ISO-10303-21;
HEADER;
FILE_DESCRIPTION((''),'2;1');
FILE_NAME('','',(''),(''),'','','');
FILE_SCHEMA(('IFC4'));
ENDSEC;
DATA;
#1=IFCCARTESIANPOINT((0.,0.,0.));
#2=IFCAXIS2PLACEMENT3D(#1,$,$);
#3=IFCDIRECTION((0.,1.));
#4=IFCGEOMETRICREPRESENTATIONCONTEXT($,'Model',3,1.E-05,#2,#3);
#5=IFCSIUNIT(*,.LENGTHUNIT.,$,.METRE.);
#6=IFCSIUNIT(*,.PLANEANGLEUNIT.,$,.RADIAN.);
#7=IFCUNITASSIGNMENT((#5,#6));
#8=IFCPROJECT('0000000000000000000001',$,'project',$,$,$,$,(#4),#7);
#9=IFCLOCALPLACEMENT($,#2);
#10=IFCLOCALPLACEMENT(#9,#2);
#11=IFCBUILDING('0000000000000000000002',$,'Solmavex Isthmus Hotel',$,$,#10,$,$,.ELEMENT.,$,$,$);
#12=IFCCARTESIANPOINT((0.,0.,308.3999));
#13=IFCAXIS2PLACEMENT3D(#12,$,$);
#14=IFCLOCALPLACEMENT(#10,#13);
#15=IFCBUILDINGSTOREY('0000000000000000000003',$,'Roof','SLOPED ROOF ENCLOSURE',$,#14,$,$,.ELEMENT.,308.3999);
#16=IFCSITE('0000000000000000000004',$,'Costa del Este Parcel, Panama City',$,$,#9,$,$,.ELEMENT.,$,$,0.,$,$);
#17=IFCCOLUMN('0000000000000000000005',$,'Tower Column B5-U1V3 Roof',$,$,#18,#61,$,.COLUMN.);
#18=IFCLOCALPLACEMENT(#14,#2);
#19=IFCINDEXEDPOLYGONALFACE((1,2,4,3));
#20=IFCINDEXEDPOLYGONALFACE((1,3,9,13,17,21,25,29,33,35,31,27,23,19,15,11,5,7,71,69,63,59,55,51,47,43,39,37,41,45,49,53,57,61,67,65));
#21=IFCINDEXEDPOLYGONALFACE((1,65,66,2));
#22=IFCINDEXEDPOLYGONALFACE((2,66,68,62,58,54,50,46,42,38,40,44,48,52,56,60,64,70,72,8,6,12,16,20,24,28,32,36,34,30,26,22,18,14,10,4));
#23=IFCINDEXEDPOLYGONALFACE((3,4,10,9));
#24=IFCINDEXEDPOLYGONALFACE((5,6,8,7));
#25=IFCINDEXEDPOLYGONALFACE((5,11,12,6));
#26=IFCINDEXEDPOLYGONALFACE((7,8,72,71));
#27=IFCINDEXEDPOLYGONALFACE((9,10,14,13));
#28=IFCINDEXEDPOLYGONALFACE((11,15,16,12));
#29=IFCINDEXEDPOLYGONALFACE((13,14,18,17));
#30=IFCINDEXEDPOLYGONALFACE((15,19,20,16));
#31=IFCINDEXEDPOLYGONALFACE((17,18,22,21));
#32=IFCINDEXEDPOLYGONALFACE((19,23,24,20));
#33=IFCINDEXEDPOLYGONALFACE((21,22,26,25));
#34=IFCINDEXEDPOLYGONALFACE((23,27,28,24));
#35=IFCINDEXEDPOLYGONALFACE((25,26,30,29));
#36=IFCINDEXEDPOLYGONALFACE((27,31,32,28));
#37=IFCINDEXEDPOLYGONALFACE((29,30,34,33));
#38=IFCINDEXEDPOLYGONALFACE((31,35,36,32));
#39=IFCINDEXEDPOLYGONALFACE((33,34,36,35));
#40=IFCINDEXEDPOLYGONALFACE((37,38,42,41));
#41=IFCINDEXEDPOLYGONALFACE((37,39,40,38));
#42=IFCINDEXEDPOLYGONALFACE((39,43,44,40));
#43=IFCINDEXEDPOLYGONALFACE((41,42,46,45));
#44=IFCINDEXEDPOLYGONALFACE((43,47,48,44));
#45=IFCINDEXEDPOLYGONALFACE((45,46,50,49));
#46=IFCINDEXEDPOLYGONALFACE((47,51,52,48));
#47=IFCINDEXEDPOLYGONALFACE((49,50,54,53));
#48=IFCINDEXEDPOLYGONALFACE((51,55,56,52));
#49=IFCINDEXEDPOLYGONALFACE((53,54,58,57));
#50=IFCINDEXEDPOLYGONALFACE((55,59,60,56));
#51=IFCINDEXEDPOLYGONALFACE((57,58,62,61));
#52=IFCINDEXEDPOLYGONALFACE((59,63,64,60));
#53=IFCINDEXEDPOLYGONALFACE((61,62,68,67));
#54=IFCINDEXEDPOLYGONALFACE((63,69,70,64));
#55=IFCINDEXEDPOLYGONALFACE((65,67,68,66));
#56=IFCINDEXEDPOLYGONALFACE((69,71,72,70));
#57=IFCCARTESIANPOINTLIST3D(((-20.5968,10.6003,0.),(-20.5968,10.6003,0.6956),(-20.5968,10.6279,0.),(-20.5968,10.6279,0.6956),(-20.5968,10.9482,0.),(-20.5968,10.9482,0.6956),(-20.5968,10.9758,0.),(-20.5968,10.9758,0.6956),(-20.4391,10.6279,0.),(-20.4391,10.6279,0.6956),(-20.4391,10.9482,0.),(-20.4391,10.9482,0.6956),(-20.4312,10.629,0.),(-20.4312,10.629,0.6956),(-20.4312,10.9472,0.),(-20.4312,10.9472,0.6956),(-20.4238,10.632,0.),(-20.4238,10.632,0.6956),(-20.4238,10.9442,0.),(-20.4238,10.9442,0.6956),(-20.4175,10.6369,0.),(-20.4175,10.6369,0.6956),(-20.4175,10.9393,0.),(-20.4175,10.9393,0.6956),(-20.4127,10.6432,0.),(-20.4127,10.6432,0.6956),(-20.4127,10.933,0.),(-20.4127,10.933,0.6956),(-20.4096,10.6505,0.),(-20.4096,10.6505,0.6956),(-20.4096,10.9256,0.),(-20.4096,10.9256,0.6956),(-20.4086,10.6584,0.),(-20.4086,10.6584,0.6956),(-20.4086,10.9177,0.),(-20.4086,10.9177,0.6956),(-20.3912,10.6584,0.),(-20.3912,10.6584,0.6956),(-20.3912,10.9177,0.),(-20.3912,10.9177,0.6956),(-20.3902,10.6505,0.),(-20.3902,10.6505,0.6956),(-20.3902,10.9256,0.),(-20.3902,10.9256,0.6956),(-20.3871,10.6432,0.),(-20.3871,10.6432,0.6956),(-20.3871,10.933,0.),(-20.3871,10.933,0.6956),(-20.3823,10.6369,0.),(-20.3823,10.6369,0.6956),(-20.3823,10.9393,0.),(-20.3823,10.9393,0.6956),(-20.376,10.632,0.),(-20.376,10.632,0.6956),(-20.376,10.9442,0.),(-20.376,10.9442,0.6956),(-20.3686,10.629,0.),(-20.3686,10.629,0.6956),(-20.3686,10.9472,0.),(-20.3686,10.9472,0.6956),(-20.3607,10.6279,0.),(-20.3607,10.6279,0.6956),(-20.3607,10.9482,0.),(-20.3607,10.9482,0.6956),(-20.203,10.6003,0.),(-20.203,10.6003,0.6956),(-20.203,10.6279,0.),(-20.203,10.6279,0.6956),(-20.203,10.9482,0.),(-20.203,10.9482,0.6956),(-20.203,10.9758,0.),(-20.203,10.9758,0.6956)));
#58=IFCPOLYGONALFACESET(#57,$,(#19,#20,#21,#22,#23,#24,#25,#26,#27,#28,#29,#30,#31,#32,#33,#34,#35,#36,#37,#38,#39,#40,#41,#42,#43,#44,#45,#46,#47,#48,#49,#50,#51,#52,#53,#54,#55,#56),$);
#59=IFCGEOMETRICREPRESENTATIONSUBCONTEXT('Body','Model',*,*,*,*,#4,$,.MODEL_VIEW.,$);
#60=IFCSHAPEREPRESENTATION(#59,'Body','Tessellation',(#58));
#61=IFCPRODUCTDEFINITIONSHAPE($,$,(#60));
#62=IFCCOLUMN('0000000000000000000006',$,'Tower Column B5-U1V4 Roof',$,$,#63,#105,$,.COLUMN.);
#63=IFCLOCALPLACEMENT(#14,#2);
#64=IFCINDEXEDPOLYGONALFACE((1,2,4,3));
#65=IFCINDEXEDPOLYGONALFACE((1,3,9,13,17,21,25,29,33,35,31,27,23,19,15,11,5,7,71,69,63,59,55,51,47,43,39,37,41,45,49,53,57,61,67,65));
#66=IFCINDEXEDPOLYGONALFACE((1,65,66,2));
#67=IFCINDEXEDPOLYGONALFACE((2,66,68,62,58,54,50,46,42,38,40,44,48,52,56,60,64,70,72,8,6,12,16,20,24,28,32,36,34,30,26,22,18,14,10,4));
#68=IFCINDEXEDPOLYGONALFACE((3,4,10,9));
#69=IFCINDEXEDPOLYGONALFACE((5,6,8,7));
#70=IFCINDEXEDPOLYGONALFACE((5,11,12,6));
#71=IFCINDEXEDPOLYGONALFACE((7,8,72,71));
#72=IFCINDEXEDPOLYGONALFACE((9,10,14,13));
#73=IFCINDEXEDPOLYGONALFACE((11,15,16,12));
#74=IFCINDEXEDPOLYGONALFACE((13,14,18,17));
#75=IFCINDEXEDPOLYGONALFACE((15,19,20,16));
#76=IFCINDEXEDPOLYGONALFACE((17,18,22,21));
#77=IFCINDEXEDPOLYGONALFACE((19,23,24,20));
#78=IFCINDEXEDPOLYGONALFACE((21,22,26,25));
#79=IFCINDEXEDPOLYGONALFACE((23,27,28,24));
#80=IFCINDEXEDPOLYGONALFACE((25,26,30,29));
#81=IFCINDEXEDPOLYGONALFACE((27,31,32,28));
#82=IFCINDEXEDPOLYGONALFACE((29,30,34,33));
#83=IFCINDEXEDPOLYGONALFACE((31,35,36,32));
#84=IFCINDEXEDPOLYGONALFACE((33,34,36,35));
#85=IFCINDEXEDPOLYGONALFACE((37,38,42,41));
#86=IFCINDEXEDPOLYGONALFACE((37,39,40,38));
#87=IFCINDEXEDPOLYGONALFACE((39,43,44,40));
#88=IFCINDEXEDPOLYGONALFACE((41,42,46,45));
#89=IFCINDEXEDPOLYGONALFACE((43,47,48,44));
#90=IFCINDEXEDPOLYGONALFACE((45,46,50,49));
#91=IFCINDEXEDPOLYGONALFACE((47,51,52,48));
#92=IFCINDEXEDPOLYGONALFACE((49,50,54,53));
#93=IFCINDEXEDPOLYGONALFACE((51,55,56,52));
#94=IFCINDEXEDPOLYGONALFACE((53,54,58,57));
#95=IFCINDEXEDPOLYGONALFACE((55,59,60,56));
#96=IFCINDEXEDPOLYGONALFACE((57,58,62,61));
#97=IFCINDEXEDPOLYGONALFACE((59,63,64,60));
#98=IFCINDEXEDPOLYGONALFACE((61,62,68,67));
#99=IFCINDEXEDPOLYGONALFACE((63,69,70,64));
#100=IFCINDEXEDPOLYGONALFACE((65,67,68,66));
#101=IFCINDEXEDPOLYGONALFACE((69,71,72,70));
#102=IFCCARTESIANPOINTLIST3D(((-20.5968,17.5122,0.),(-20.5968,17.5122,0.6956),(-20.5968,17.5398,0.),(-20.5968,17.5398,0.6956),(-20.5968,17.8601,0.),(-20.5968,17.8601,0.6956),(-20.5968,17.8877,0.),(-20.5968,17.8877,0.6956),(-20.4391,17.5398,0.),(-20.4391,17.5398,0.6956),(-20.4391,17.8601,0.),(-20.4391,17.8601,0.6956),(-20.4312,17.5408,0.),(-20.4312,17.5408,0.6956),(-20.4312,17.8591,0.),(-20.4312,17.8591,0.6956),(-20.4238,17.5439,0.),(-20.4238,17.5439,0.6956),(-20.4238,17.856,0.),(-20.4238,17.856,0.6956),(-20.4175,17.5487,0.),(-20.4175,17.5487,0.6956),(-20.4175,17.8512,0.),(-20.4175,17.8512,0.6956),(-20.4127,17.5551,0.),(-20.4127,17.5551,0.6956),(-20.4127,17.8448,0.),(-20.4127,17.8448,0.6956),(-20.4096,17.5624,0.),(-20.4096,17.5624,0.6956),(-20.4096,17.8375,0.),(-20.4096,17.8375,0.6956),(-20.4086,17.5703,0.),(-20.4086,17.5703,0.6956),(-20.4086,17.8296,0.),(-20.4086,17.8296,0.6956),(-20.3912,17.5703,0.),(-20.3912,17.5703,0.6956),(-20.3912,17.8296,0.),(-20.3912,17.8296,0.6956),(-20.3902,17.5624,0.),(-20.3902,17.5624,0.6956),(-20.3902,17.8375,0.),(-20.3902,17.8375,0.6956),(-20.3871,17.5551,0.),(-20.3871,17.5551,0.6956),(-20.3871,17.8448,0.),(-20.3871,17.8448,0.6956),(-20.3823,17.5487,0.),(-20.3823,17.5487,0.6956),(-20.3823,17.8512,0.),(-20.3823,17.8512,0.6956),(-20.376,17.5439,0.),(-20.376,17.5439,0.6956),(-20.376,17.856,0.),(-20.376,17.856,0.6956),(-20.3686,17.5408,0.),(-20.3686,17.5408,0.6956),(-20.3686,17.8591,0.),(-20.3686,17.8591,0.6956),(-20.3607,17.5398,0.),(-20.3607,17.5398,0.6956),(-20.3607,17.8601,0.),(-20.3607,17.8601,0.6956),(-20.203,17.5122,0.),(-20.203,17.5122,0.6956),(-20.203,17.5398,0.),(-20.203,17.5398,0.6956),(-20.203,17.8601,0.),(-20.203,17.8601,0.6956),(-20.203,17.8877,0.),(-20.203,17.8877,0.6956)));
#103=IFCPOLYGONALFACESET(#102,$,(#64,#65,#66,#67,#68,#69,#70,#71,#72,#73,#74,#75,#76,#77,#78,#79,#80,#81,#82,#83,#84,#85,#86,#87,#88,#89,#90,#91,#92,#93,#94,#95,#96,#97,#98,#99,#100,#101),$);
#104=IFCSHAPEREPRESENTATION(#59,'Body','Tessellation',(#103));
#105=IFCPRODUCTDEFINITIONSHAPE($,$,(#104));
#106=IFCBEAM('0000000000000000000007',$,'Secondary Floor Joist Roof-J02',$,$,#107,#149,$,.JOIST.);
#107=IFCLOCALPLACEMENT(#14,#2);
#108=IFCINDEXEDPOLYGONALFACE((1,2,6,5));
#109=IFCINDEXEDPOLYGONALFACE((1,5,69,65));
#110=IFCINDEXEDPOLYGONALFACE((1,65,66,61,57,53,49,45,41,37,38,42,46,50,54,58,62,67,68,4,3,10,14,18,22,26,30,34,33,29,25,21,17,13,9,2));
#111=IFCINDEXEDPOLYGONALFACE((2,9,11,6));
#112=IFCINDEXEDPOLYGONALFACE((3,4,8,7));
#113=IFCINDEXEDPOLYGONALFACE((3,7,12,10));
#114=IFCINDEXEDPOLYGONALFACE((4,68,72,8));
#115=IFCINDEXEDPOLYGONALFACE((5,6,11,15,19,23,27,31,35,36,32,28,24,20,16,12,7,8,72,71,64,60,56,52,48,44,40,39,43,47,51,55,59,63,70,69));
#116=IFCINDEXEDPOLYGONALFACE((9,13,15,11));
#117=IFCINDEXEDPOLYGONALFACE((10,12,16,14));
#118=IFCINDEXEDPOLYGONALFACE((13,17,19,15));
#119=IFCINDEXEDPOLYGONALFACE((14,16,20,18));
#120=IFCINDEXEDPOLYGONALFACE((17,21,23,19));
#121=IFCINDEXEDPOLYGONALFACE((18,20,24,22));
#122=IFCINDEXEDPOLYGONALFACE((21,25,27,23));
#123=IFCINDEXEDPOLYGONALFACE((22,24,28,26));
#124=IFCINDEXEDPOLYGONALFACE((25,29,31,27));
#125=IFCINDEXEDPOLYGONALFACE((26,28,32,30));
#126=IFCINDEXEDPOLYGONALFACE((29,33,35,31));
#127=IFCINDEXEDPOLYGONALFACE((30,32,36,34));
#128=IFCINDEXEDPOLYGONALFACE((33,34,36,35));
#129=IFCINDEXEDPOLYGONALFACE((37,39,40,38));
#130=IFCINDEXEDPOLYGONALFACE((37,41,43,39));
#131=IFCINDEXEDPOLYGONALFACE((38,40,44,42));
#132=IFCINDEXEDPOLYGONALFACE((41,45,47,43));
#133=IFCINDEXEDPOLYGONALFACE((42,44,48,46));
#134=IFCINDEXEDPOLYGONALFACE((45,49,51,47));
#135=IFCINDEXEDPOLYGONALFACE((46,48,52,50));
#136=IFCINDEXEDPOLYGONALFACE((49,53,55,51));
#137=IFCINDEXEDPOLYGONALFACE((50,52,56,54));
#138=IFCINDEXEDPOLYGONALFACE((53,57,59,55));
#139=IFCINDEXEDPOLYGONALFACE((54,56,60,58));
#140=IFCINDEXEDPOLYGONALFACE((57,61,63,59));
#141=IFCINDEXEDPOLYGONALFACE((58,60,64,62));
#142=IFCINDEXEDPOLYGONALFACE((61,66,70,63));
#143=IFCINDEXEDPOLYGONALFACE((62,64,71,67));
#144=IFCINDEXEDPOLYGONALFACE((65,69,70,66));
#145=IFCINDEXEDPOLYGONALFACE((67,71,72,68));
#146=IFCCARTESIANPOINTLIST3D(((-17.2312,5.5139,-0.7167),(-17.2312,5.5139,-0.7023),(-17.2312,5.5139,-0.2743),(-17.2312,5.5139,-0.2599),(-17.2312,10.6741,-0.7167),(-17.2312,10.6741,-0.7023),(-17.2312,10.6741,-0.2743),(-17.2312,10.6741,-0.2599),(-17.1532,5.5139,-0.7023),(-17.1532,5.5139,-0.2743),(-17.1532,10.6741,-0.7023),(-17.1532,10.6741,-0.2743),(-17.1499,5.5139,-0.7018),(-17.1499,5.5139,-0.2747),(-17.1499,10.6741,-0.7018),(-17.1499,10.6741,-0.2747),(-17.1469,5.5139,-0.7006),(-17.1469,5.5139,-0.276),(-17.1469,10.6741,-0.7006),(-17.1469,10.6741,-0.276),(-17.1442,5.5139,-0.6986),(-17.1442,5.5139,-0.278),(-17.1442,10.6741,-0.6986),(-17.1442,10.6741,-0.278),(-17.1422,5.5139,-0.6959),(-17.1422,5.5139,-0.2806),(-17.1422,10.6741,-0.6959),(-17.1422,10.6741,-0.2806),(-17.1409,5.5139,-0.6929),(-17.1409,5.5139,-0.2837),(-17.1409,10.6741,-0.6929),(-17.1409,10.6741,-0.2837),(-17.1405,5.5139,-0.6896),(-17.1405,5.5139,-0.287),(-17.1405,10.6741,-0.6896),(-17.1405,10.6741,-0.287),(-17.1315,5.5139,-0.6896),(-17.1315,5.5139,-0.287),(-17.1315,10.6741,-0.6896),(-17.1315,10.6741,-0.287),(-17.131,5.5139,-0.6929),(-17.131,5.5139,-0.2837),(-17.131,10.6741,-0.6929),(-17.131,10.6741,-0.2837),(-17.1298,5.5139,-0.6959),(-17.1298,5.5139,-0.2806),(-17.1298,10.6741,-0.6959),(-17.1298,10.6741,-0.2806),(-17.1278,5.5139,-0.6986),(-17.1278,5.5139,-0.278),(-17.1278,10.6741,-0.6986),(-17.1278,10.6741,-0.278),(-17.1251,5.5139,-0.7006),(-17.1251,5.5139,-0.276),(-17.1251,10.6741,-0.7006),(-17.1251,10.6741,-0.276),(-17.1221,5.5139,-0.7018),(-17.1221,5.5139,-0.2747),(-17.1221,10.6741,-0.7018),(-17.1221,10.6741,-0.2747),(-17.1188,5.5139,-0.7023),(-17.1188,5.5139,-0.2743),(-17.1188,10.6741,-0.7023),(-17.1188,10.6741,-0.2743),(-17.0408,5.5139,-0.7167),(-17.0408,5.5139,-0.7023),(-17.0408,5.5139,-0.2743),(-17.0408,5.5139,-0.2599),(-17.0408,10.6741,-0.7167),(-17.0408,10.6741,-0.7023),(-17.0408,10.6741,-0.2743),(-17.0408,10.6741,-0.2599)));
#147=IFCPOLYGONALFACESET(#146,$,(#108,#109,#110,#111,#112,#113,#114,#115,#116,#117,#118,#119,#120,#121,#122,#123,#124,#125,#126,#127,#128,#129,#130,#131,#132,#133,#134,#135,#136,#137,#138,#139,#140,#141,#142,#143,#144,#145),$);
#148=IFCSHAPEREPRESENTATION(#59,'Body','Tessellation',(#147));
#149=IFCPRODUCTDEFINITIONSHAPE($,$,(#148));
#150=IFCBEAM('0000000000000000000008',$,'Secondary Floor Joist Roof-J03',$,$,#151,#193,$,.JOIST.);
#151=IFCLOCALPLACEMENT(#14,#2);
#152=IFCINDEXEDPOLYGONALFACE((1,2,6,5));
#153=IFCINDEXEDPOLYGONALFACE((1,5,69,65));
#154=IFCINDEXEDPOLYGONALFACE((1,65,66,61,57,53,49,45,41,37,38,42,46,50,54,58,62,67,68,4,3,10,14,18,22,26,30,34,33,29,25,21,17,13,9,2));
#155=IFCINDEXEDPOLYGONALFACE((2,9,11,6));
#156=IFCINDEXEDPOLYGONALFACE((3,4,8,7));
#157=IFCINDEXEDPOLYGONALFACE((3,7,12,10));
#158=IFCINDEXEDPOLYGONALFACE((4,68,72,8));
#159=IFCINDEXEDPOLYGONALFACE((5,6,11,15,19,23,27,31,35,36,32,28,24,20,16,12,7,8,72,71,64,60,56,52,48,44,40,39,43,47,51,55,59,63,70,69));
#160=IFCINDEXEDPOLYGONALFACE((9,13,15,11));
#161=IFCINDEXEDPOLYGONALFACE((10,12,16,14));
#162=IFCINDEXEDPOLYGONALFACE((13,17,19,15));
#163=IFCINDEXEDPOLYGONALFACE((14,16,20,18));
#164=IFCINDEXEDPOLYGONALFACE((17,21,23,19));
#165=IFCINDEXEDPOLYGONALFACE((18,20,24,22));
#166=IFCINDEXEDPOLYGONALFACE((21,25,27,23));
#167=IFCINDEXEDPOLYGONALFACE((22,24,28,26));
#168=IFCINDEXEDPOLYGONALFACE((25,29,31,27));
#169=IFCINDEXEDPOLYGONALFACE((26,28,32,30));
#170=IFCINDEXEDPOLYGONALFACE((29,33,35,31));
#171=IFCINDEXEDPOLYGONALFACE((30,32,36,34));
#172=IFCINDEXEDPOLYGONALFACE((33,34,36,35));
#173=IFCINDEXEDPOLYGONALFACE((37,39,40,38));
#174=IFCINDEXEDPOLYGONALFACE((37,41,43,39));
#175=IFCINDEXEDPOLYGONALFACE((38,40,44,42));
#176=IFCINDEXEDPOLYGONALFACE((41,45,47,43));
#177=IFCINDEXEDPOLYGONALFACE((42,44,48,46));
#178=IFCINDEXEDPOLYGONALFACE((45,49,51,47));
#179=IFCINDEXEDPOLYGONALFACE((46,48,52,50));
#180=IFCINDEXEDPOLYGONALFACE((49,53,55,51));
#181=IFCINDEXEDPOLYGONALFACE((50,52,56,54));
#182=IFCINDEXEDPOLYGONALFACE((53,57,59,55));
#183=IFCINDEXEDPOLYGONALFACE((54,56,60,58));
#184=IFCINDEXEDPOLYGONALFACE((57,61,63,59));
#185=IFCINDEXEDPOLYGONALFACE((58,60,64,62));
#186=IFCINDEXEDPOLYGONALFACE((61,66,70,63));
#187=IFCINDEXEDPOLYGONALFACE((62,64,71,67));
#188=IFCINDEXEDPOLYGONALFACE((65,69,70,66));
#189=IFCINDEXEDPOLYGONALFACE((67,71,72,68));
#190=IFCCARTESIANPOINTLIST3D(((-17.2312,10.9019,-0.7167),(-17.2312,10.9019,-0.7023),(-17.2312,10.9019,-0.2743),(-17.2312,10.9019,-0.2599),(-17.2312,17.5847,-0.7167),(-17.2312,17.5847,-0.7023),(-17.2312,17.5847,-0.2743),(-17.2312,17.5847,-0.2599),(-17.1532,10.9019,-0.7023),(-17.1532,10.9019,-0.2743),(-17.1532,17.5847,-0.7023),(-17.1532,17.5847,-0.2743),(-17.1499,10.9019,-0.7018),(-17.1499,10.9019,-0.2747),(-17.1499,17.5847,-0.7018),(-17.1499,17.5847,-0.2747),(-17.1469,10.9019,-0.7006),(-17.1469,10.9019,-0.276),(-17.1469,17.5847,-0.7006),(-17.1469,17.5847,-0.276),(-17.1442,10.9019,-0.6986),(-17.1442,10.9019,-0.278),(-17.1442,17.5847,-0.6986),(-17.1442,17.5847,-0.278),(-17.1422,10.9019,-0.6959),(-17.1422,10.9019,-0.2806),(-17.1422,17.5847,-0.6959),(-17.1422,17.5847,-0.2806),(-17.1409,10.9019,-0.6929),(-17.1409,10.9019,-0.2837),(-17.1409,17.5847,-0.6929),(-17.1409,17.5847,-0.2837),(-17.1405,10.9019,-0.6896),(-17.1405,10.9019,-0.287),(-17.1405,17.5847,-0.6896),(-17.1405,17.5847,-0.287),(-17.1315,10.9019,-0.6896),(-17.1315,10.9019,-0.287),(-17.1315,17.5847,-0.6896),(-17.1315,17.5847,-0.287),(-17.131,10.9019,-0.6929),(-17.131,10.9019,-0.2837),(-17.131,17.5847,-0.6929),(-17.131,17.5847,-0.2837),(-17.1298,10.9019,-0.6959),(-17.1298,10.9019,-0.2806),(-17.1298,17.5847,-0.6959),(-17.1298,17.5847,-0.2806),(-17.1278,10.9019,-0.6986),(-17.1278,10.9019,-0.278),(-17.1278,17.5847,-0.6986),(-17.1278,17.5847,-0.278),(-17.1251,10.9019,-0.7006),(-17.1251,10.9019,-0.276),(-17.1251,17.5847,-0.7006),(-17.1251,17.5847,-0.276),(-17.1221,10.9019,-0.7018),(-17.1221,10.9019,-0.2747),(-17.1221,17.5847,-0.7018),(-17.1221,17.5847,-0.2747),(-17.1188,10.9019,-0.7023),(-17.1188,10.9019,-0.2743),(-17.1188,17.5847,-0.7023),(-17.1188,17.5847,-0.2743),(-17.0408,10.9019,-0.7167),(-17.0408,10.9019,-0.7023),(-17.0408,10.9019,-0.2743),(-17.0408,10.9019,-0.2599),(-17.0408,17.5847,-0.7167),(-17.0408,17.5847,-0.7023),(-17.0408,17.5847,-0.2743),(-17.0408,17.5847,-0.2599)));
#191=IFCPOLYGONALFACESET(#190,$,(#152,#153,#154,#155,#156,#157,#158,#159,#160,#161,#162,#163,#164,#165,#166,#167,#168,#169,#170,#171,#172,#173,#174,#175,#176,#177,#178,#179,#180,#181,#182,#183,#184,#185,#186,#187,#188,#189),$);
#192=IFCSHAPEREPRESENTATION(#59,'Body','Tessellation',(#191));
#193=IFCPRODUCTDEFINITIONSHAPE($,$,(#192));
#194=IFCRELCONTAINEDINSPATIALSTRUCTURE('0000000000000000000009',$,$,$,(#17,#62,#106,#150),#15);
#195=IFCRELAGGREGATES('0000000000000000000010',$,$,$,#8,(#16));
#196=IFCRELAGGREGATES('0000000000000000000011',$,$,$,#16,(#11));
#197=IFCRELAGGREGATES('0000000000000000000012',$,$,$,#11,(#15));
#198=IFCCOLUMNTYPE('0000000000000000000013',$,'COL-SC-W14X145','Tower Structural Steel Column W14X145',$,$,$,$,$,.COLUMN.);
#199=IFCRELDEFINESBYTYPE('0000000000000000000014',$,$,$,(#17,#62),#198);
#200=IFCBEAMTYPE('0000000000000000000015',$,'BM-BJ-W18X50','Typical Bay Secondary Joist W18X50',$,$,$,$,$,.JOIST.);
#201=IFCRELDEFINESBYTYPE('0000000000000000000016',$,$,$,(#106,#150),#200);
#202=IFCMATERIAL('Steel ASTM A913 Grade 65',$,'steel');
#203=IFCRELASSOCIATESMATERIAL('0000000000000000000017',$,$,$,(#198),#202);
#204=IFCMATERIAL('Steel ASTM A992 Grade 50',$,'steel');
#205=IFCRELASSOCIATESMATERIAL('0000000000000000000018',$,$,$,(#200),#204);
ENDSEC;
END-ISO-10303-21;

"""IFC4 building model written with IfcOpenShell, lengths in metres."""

from ifc_helpers import new_model, si_unit, direction, frame, origin, origin_2d, place, context, subcontext, project, spatial, i_section, extrude, material, material_profile, profile_set, type_object, element, save


model = new_model("IFC4")

# Units and contexts
model_context = context("Model", 3, precision=1e-05, world=origin(), true_north=direction((0.0, 1.0)))
body_context = subcontext(model_context, "Body", "Model", "MODEL_VIEW")
ifc_project = project(units=[si_unit("LENGTHUNIT", "METRE"), si_unit("PLANEANGLEUNIT", "RADIAN")], contexts=[model_context])

# Site, building, storey
site_placement = place(None, origin())
site = spatial("IfcSite", under=ifc_project, at=site_placement, Name="Costa del Este Parcel, Panama City", CompositionType="ELEMENT", RefElevation=0.0)
building_placement = place(site_placement, origin())
building = spatial("IfcBuilding", under=site, at=building_placement, Name="Solmavex Isthmus Hotel", CompositionType="ELEMENT")
storey_placement = place(building_placement, frame((0.0, 0.0, 308.3999)))
storey = spatial("IfcBuildingStorey", under=building, at=storey_placement, Name="Roof", Description="SLOPED ROOF ENCLOSURE", CompositionType="ELEMENT", Elevation=308.3999)

# Columns
ifc_material_1 = material(Name="Steel ASTM A913 Grade 65", Category="steel")
ifc_material_profile_1 = material_profile(ifc_material_1, i_section(OverallWidth=0.3938, OverallDepth=0.3755, WebThickness=0.0173, FlangeThickness=0.0276, FilletRadius=0.0305, at=origin_2d()), Name="W14X145")
ifc_profile_set_1 = profile_set([ifc_material_profile_1], Name="Steel ASTM A913 Grade 65")
column_type = type_object("IfcColumnType", Name="COL-SC-W14X145", Description="Tower Structural Steel Column W14X145", PredefinedType="COLUMN", material=ifc_profile_set_1)
for number, where, z_axis, x_axis, name in (
    (1, (-20.3999, 10.7881, 0.0), (0.0, 0.0, 1.0), (1.0, 0.0, 0.0), "Tower Column B5-U1V3 Roof"),
    (2, (-20.3999, 17.7, 0.0), (0.0, 0.0, 1.0), (1.0, 0.0, 0.0), "Tower Column B5-U1V4 Roof"),
):
    element("IfcColumn", number, at=place(storey_placement, frame(where, z_axis=z_axis, x_axis=x_axis)), inside=storey, type_object=column_type, Name=name, PredefinedType="COLUMN", context=body_context, shape_type="SweptSolid", body=[
        extrude(i_section(OverallWidth=0.3938, OverallDepth=0.3755, WebThickness=0.0173, FlangeThickness=0.0276, FilletRadius=0.0305, at=origin_2d()), origin(), (0.0, 0.0, 1.0), 0.6956),
    ])

# Beams
ifc_material_2 = material(Name="Steel ASTM A992 Grade 50", Category="steel")
ifc_material_profile_2 = material_profile(ifc_material_2, i_section(OverallWidth=0.1904, OverallDepth=0.4568, WebThickness=0.009, FlangeThickness=0.0144, FilletRadius=0.0127, at=origin_2d()), Name="W18X50")
ifc_profile_set_2 = profile_set([ifc_material_profile_2], Name="Steel ASTM A992 Grade 50")
beam_type_1 = type_object("IfcBeamType", Name="BM-BJ-W18X50", Description="Typical Bay Secondary Joist W18X50", PredefinedType="JOIST", material=ifc_profile_set_2)
beam_1_placement = place(storey_placement, frame((-17.136, 5.5139, -0.4883), z_axis=(0.0, 1.0, 0.0), x_axis=(-1.0, 0.0, 0.0)))
element("IfcBeam", 3, at=beam_1_placement, inside=storey, type_object=beam_type_1, Name="Secondary Floor Joist Roof-J02", PredefinedType="JOIST", context=body_context, shape_type="SweptSolid", body=[
    extrude(i_section(OverallWidth=0.1904, OverallDepth=0.4568, WebThickness=0.009, FlangeThickness=0.0144, FilletRadius=0.0127, at=origin_2d()), origin(), (0.0, 0.0, 1.0), 5.1602),
])
beam_2_placement = place(storey_placement, frame((-17.136, 10.9019, -0.4883), z_axis=(0.0, 1.0, 0.0), x_axis=(-1.0, 0.0, 0.0)))
element("IfcBeam", 4, at=beam_2_placement, inside=storey, type_object=beam_type_1, Name="Secondary Floor Joist Roof-J03", PredefinedType="JOIST", context=body_context, shape_type="SweptSolid", body=[
    extrude(i_section(OverallWidth=0.1904, OverallDepth=0.4568, WebThickness=0.009, FlangeThickness=0.0144, FilletRadius=0.0127, at=origin_2d()), origin(), (0.0, 0.0, 1.0), 6.6829),
])

save(model, "model.ifc")
